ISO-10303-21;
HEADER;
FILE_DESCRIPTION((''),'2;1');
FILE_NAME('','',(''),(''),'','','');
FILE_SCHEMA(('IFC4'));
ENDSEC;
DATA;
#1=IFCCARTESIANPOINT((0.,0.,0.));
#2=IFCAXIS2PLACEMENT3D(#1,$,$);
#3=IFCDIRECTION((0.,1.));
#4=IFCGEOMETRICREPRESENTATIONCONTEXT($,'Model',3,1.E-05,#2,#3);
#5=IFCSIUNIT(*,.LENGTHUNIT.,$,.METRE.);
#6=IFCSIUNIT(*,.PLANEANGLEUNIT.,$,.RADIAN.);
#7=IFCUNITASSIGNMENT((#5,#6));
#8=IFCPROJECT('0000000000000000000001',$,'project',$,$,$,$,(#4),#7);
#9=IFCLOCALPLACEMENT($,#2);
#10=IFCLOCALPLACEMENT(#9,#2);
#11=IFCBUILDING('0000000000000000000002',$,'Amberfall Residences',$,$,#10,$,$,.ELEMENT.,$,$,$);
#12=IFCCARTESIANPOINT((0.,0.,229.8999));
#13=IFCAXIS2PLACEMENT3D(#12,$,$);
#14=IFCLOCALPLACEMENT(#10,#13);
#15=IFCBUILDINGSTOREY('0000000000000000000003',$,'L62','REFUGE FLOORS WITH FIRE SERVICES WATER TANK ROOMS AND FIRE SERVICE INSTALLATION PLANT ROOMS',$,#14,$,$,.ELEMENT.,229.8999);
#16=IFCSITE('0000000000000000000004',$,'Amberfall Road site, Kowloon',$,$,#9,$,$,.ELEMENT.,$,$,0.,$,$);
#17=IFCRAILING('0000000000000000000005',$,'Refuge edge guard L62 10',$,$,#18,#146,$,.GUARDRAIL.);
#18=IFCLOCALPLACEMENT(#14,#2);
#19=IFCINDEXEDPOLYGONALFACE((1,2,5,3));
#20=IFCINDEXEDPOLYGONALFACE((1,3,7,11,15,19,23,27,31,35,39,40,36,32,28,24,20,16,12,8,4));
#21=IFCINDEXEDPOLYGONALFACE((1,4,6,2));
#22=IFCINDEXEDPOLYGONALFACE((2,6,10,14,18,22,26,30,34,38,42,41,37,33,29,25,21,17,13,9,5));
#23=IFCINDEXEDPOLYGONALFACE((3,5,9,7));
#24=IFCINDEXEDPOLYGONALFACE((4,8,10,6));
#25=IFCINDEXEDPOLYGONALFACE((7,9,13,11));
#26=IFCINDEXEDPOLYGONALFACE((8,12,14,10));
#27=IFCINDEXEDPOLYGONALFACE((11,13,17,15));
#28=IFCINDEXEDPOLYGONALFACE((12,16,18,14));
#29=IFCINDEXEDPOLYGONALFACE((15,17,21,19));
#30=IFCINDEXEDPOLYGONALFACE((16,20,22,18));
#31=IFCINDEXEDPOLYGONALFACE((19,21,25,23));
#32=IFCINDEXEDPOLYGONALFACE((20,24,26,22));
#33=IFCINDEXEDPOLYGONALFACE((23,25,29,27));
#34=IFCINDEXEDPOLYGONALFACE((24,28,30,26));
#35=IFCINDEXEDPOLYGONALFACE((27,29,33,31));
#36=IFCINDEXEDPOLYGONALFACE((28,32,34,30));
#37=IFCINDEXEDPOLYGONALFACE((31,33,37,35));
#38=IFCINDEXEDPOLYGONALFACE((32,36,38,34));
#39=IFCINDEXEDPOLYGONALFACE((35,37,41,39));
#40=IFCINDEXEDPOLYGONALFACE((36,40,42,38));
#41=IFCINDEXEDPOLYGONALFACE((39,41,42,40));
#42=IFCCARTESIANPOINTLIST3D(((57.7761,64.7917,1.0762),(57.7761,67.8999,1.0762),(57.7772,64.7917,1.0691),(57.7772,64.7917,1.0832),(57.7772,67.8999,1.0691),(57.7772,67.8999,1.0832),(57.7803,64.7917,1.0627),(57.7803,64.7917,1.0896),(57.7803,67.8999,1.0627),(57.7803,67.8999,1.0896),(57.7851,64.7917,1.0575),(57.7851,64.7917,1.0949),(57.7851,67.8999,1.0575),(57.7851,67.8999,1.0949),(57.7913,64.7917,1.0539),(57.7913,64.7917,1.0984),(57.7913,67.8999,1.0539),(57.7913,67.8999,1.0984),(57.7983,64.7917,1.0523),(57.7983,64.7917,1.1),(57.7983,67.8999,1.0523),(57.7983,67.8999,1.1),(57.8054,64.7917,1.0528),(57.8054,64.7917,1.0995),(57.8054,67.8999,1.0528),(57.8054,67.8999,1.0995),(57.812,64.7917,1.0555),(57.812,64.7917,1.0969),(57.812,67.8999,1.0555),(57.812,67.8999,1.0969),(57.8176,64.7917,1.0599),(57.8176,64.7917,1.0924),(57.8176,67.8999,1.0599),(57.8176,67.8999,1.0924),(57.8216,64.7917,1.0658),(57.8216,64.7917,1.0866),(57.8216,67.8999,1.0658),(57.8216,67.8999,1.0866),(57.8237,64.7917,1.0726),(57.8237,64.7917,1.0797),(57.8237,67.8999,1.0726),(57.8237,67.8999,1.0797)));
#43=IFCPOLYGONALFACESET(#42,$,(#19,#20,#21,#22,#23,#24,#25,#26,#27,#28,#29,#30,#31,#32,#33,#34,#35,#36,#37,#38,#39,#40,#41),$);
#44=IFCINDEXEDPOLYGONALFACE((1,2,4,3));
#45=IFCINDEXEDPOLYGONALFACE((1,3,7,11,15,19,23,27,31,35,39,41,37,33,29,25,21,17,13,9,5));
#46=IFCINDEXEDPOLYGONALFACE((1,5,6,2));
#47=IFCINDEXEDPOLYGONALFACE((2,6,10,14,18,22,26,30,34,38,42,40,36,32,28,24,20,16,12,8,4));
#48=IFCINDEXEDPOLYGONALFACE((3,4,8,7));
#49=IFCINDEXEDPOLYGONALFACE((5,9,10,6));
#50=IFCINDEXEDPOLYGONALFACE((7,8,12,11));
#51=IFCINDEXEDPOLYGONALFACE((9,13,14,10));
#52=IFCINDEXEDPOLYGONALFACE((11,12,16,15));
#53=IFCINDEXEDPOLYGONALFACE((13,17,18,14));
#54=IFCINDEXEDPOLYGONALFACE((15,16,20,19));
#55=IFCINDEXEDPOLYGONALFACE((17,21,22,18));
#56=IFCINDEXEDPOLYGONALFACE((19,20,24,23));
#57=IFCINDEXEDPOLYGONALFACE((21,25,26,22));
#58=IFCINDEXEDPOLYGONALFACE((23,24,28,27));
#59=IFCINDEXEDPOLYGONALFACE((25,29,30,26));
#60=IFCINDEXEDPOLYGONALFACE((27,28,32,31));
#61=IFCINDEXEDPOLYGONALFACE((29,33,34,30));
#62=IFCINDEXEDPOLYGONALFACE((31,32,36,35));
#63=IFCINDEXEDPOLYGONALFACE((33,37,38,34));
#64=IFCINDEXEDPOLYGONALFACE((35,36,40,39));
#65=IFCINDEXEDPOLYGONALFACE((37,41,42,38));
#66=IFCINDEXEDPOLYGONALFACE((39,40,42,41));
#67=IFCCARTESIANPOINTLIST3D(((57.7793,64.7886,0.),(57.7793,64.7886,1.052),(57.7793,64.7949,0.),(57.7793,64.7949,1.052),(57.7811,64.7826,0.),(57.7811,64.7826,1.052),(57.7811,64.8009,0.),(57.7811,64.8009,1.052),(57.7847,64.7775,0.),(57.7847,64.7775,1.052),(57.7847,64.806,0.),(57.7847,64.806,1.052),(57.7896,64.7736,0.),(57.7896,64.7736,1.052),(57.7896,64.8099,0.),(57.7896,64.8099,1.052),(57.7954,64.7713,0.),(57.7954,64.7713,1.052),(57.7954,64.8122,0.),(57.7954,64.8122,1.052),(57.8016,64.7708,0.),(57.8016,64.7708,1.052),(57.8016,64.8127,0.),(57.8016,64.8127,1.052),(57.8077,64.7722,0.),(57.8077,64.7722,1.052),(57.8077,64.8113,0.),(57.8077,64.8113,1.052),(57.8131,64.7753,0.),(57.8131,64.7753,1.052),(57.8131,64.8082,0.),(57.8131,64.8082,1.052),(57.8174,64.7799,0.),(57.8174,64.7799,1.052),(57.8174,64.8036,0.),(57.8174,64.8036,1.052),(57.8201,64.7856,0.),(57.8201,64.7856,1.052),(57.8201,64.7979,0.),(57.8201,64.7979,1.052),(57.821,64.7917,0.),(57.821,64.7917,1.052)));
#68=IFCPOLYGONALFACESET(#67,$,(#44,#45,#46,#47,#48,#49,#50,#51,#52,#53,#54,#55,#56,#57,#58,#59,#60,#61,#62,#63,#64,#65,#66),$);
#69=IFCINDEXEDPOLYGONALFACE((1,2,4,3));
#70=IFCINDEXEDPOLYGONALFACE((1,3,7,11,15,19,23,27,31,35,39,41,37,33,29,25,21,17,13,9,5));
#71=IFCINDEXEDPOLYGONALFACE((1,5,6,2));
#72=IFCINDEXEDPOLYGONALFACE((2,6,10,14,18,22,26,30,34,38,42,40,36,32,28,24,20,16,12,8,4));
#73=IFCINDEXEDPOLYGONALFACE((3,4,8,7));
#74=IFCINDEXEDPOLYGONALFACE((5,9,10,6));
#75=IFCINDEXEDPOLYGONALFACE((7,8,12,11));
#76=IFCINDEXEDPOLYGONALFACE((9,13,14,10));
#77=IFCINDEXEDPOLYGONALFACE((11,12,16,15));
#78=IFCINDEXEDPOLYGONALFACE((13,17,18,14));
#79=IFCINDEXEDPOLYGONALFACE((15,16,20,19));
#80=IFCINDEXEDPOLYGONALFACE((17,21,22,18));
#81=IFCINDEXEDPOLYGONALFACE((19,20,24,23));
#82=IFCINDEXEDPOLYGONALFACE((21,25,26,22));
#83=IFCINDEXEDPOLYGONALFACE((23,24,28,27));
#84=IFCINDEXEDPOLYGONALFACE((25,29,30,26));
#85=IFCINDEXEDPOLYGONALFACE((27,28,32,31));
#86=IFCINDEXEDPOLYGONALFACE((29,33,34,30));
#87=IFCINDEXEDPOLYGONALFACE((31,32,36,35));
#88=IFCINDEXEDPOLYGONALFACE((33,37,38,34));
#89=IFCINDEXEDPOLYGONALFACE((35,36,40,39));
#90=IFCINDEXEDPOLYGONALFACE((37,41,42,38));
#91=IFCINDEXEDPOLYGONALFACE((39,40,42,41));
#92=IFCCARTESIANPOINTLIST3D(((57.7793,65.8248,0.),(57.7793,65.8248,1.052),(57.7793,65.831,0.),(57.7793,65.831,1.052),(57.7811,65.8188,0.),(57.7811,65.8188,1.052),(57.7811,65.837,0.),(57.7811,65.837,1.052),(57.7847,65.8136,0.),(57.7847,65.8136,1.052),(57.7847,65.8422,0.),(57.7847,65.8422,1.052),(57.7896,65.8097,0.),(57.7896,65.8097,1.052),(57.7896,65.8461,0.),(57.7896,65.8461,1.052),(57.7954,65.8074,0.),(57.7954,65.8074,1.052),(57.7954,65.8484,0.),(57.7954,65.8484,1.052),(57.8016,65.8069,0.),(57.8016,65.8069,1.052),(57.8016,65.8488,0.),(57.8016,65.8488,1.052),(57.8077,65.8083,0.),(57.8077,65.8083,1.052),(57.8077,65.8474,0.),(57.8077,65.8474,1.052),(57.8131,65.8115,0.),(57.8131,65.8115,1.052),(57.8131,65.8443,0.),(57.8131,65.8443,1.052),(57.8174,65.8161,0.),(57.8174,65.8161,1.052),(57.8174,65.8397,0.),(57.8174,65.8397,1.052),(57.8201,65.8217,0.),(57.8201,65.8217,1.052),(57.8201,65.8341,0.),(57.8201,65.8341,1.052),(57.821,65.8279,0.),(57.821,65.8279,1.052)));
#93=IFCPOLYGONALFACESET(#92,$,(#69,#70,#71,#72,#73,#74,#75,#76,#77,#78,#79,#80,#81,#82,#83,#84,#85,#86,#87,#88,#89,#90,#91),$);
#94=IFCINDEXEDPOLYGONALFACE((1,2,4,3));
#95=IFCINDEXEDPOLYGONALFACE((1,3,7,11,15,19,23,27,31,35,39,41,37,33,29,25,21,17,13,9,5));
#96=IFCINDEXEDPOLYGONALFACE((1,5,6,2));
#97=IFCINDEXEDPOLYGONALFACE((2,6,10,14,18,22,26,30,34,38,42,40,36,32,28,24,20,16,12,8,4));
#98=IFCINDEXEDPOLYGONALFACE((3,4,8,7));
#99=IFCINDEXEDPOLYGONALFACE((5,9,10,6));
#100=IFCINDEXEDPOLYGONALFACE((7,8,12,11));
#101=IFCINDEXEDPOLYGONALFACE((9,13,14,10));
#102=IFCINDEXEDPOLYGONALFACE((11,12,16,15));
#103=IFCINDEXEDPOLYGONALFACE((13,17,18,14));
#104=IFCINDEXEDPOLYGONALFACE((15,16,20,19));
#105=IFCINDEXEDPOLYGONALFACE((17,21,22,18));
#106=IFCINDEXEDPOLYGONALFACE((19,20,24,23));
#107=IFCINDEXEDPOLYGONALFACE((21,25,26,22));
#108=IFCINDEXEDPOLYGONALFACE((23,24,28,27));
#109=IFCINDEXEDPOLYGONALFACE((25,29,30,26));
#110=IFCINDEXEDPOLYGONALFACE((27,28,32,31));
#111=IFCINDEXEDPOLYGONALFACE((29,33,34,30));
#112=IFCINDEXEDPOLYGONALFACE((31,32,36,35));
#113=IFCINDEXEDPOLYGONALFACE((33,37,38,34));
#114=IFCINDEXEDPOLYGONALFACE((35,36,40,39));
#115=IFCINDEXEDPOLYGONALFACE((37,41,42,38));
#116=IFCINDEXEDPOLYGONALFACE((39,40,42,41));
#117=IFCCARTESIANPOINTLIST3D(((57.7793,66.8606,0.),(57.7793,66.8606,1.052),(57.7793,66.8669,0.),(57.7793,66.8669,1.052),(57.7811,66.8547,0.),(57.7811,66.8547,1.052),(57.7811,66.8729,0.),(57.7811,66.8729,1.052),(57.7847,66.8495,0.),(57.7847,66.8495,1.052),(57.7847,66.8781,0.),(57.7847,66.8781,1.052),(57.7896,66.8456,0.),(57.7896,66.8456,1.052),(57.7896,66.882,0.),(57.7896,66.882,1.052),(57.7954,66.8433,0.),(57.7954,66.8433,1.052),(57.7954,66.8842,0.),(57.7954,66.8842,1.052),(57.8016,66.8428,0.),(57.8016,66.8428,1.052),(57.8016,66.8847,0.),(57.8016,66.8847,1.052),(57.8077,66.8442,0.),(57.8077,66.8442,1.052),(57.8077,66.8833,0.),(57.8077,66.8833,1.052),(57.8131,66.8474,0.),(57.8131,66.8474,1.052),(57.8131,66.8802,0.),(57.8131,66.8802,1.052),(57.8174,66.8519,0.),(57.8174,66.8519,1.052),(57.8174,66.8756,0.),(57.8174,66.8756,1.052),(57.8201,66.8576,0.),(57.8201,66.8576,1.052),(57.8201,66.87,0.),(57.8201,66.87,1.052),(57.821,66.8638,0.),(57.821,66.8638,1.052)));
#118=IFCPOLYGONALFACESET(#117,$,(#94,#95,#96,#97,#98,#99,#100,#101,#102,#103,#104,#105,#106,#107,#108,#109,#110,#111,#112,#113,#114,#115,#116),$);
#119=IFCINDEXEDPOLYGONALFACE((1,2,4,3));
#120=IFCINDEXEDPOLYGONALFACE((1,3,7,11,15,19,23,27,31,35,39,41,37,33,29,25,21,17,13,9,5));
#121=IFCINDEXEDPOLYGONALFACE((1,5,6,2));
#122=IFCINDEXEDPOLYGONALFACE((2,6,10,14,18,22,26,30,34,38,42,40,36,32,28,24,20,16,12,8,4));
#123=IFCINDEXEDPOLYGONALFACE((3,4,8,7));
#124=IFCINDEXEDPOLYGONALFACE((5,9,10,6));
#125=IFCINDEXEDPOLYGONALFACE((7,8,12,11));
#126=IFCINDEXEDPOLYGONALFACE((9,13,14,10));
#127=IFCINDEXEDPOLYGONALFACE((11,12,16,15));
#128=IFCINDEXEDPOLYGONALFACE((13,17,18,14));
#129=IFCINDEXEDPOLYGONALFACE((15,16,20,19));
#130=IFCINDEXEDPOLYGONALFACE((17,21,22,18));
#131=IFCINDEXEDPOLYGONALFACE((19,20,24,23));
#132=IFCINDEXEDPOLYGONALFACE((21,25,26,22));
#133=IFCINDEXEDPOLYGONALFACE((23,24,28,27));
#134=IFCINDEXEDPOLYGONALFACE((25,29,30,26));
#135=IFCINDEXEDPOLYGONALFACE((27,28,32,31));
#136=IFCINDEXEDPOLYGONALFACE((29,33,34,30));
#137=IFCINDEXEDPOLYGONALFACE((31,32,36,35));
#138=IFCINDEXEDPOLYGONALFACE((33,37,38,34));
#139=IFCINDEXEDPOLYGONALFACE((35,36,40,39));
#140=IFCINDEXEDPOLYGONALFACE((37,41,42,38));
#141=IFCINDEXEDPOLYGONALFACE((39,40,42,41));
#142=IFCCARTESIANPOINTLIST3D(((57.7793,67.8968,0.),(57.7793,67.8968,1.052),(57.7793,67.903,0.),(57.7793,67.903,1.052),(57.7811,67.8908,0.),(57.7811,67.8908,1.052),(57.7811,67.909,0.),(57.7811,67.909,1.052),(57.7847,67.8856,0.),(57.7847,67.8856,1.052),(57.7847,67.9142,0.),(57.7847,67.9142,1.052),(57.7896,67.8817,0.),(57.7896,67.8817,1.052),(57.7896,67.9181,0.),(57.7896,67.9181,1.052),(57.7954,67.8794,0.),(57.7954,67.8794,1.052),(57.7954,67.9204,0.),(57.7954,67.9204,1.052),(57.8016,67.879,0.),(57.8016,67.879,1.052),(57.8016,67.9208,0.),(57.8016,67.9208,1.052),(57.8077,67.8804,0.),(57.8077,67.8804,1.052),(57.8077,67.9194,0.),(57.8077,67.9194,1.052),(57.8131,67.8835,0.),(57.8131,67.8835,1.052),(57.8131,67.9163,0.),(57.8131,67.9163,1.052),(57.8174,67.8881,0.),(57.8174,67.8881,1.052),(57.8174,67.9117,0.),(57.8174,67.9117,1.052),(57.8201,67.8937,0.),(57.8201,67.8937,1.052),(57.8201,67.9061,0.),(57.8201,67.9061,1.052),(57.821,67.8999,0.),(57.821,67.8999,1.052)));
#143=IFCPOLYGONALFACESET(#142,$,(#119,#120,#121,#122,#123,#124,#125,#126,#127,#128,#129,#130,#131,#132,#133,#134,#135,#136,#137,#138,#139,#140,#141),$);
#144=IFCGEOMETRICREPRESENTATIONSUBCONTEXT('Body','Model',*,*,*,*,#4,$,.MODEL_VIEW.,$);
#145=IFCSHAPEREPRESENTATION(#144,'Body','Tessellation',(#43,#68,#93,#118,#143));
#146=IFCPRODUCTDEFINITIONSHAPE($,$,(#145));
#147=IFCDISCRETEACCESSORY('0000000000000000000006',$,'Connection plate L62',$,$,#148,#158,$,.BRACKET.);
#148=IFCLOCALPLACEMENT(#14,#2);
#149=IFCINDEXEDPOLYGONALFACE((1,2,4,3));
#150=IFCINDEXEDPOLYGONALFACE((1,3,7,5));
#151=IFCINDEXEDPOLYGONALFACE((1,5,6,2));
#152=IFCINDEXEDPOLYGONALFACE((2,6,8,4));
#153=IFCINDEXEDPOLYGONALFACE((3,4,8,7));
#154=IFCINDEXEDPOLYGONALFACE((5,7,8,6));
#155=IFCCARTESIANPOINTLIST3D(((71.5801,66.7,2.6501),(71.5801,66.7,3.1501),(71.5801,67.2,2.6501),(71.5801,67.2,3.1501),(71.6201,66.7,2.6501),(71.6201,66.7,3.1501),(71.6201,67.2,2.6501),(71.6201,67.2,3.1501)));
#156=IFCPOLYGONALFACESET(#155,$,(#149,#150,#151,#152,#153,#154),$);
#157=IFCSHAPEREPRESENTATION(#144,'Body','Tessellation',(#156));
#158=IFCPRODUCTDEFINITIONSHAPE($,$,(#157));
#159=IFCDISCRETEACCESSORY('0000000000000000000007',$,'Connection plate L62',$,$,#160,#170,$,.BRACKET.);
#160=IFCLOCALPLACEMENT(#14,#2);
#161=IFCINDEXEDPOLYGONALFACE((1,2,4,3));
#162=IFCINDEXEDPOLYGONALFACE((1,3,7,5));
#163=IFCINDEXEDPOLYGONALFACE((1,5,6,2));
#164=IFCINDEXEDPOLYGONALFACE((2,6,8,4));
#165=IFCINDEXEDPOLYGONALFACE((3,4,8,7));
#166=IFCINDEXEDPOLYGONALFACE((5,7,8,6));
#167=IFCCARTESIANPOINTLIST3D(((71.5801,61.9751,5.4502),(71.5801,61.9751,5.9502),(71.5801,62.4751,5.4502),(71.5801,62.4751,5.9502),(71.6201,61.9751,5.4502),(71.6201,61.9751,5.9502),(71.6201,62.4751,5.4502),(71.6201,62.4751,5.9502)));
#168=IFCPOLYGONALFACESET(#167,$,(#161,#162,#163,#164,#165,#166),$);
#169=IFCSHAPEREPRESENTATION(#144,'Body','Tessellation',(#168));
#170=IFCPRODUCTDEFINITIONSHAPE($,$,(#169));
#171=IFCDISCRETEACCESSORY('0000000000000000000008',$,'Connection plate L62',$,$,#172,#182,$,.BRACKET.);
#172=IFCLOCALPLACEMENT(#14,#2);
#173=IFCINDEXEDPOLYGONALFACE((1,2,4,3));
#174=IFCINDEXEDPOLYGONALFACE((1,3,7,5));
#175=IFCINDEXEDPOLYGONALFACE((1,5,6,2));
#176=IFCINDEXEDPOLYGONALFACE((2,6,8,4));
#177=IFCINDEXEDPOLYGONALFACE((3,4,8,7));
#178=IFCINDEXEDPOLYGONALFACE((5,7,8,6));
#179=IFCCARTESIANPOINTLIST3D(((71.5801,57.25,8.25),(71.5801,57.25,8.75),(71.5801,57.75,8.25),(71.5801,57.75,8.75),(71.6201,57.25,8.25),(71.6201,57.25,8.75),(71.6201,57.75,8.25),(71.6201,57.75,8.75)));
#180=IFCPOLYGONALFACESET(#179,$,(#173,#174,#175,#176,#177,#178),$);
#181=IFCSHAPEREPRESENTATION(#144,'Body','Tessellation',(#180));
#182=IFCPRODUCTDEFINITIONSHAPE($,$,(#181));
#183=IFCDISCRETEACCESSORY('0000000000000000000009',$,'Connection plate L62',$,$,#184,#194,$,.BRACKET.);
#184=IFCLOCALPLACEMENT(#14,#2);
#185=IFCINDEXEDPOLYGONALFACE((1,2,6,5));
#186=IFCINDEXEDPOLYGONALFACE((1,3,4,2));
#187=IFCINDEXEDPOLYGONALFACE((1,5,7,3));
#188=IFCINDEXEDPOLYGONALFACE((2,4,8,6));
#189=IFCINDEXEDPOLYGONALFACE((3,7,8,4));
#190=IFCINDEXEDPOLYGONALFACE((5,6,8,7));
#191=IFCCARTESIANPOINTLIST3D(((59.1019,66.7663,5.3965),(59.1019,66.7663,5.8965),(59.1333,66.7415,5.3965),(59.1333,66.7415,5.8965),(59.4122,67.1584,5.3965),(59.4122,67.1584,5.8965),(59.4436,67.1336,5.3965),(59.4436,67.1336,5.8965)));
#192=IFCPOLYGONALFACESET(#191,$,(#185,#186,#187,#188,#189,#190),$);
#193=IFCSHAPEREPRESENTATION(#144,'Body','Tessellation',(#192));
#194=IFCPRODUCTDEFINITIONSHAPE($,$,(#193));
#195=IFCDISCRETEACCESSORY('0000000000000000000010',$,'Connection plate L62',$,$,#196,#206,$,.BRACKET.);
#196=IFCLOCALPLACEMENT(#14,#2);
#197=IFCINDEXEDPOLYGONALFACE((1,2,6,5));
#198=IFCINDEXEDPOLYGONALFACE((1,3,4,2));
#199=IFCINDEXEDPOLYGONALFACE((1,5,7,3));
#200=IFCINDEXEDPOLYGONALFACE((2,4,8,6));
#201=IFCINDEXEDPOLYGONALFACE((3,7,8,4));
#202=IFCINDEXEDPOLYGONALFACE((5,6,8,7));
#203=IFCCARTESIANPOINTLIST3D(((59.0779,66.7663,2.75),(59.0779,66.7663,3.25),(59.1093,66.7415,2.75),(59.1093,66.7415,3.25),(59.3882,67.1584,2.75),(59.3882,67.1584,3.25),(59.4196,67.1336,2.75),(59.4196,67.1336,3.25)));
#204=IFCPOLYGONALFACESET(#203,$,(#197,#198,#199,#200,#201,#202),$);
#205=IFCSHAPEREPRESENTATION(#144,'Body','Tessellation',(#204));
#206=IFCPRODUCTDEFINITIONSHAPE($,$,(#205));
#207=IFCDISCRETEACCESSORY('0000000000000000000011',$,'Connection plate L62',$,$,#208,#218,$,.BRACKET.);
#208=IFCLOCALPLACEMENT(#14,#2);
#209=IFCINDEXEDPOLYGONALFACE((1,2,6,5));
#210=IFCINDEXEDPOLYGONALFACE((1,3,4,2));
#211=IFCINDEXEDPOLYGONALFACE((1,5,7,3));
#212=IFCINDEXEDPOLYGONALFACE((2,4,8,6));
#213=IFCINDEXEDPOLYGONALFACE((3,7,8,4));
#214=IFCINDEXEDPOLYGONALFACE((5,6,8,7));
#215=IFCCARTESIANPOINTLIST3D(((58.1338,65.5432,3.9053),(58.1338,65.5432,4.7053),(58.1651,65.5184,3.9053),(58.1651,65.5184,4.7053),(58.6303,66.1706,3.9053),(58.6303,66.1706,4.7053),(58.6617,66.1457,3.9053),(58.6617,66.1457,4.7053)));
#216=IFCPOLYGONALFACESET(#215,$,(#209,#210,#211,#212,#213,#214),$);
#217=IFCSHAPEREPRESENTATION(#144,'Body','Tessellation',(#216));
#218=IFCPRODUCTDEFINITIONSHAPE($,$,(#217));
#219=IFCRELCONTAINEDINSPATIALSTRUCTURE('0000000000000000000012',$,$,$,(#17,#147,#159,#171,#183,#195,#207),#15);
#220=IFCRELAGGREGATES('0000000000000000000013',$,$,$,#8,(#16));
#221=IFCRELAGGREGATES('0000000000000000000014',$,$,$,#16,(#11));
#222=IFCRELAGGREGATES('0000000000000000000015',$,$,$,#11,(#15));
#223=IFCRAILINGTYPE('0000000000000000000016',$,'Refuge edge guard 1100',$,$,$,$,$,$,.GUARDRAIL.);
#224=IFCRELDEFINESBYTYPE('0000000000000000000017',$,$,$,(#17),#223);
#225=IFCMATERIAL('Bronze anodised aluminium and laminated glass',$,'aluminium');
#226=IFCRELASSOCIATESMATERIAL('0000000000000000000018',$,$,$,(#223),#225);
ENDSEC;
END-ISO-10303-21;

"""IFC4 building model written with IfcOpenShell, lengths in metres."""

from ifc_helpers import new_model, si_unit, direction, frame, origin, origin_2d, place, context, subcontext, project, spatial, rectangle, circle, extrude, material, type_object, element, save


model = new_model("IFC4")

# Units and contexts
model_context = context("Model", 3, precision=1e-05, world=origin(), true_north=direction((0.0, 1.0)))
body_context = subcontext(model_context, "Body", "Model", "MODEL_VIEW")
ifc_project = project(units=[si_unit("LENGTHUNIT", "METRE"), si_unit("PLANEANGLEUNIT", "RADIAN")], contexts=[model_context])

# Site, building, storey
site_placement = place(None, origin())
site = spatial("IfcSite", under=ifc_project, at=site_placement, Name="Amberfall Road site, Kowloon", CompositionType="ELEMENT", RefElevation=0.0)
building_placement = place(site_placement, origin())
building = spatial("IfcBuilding", under=site, at=building_placement, Name="Amberfall Residences", CompositionType="ELEMENT")
storey_placement = place(building_placement, frame((0.0, 0.0, 229.8999)))
storey = spatial("IfcBuildingStorey", under=building, at=storey_placement, Name="L62", Description="REFUGE FLOORS WITH FIRE SERVICES WATER TANK ROOMS AND FIRE SERVICE INSTALLATION PLANT ROOMS", CompositionType="ELEMENT", Elevation=229.8999)

# Railing
ifc_material_1 = material(Name="Bronze anodised aluminium and laminated glass", Category="aluminium")
railing_type = type_object("IfcRailingType", Name="Refuge edge guard 1100", PredefinedType="GUARDRAIL", material=ifc_material_1)
railing_placement = place(storey_placement, frame((57.8, 64.7917, 0.0)))
element("IfcRailing", 1, at=railing_placement, inside=storey, type_object=railing_type, Name="Refuge edge guard L62 10", PredefinedType="GUARDRAIL", context=body_context, shape_type="SweptSolid", body=[
    extrude(circle(Radius=0.0239, at=origin_2d()), frame((0.0, 0.0, 1.0762), z_axis=(0.0, 1.0, 0.0), x_axis=(-1.0, 0.0, 0.0)), (0.0, 0.0, 1.0), 3.1082),
    extrude(circle(Radius=0.021, at=origin_2d()), origin(), (0.0, 0.0, 1.0), 1.052),
    extrude(circle(Radius=0.021, at=origin_2d()), frame((0.0, 1.0361, 0.0)), (0.0, 0.0, 1.0), 1.052),
    extrude(circle(Radius=0.021, at=origin_2d()), frame((0.0, 2.072, 0.0)), (0.0, 0.0, 1.0), 1.052),
    extrude(circle(Radius=0.021, at=origin_2d()), frame((0.0, 3.1082, 0.0)), (0.0, 0.0, 1.0), 1.052),
])

# Discrete accessories
for number, where, z_axis, x_axis, name in (
    (2, (71.6001, 66.95, 2.6501), (0.0, 0.0, 1.0), (0.0, 1.0, 0.0), "Connection plate L62"),
    (3, (71.6001, 62.2251, 5.4502), (0.0, 0.0, 1.0), (0.0, 1.0, 0.0), "Connection plate L62"),
    (4, (71.6001, 57.5, 8.25), (0.0, 0.0, 1.0), (0.0, 1.0, 0.0), "Connection plate L62"),
    (5, (59.2727, 66.95, 5.3965), (0.0, 0.0, 1.0), (0.620601, 0.784127, 0.0), "Connection plate L62"),
    (6, (59.2488, 66.95, 2.75), (0.0, 0.0, 1.0), (0.620601, 0.784127, 0.0), "Connection plate L62"),
):
    element("IfcDiscreteAccessory", number, at=place(storey_placement, frame(where, z_axis=z_axis, x_axis=x_axis)), inside=storey, Name=name, PredefinedType="BRACKET", context=body_context, shape_type="SweptSolid", body=[
        extrude(rectangle(XDim=0.5, YDim=0.04, at=origin_2d()), origin(), (0.0, 0.0, 1.0), 0.5),
    ])
discrete_accessory_1_placement = place(storey_placement, frame((58.3977, 65.8445, 3.9053), z_axis=(0.0, 0.0, 1.0), x_axis=(0.620601, 0.784127, 0.0)))
element("IfcDiscreteAccessory", 7, at=discrete_accessory_1_placement, inside=storey, Name="Connection plate L62", PredefinedType="BRACKET", context=body_context, shape_type="SweptSolid", body=[
    extrude(rectangle(XDim=0.8, YDim=0.04, at=origin_2d()), origin(), (0.0, 0.0, 1.0), 0.8),
])

save(model, "model.ifc")
